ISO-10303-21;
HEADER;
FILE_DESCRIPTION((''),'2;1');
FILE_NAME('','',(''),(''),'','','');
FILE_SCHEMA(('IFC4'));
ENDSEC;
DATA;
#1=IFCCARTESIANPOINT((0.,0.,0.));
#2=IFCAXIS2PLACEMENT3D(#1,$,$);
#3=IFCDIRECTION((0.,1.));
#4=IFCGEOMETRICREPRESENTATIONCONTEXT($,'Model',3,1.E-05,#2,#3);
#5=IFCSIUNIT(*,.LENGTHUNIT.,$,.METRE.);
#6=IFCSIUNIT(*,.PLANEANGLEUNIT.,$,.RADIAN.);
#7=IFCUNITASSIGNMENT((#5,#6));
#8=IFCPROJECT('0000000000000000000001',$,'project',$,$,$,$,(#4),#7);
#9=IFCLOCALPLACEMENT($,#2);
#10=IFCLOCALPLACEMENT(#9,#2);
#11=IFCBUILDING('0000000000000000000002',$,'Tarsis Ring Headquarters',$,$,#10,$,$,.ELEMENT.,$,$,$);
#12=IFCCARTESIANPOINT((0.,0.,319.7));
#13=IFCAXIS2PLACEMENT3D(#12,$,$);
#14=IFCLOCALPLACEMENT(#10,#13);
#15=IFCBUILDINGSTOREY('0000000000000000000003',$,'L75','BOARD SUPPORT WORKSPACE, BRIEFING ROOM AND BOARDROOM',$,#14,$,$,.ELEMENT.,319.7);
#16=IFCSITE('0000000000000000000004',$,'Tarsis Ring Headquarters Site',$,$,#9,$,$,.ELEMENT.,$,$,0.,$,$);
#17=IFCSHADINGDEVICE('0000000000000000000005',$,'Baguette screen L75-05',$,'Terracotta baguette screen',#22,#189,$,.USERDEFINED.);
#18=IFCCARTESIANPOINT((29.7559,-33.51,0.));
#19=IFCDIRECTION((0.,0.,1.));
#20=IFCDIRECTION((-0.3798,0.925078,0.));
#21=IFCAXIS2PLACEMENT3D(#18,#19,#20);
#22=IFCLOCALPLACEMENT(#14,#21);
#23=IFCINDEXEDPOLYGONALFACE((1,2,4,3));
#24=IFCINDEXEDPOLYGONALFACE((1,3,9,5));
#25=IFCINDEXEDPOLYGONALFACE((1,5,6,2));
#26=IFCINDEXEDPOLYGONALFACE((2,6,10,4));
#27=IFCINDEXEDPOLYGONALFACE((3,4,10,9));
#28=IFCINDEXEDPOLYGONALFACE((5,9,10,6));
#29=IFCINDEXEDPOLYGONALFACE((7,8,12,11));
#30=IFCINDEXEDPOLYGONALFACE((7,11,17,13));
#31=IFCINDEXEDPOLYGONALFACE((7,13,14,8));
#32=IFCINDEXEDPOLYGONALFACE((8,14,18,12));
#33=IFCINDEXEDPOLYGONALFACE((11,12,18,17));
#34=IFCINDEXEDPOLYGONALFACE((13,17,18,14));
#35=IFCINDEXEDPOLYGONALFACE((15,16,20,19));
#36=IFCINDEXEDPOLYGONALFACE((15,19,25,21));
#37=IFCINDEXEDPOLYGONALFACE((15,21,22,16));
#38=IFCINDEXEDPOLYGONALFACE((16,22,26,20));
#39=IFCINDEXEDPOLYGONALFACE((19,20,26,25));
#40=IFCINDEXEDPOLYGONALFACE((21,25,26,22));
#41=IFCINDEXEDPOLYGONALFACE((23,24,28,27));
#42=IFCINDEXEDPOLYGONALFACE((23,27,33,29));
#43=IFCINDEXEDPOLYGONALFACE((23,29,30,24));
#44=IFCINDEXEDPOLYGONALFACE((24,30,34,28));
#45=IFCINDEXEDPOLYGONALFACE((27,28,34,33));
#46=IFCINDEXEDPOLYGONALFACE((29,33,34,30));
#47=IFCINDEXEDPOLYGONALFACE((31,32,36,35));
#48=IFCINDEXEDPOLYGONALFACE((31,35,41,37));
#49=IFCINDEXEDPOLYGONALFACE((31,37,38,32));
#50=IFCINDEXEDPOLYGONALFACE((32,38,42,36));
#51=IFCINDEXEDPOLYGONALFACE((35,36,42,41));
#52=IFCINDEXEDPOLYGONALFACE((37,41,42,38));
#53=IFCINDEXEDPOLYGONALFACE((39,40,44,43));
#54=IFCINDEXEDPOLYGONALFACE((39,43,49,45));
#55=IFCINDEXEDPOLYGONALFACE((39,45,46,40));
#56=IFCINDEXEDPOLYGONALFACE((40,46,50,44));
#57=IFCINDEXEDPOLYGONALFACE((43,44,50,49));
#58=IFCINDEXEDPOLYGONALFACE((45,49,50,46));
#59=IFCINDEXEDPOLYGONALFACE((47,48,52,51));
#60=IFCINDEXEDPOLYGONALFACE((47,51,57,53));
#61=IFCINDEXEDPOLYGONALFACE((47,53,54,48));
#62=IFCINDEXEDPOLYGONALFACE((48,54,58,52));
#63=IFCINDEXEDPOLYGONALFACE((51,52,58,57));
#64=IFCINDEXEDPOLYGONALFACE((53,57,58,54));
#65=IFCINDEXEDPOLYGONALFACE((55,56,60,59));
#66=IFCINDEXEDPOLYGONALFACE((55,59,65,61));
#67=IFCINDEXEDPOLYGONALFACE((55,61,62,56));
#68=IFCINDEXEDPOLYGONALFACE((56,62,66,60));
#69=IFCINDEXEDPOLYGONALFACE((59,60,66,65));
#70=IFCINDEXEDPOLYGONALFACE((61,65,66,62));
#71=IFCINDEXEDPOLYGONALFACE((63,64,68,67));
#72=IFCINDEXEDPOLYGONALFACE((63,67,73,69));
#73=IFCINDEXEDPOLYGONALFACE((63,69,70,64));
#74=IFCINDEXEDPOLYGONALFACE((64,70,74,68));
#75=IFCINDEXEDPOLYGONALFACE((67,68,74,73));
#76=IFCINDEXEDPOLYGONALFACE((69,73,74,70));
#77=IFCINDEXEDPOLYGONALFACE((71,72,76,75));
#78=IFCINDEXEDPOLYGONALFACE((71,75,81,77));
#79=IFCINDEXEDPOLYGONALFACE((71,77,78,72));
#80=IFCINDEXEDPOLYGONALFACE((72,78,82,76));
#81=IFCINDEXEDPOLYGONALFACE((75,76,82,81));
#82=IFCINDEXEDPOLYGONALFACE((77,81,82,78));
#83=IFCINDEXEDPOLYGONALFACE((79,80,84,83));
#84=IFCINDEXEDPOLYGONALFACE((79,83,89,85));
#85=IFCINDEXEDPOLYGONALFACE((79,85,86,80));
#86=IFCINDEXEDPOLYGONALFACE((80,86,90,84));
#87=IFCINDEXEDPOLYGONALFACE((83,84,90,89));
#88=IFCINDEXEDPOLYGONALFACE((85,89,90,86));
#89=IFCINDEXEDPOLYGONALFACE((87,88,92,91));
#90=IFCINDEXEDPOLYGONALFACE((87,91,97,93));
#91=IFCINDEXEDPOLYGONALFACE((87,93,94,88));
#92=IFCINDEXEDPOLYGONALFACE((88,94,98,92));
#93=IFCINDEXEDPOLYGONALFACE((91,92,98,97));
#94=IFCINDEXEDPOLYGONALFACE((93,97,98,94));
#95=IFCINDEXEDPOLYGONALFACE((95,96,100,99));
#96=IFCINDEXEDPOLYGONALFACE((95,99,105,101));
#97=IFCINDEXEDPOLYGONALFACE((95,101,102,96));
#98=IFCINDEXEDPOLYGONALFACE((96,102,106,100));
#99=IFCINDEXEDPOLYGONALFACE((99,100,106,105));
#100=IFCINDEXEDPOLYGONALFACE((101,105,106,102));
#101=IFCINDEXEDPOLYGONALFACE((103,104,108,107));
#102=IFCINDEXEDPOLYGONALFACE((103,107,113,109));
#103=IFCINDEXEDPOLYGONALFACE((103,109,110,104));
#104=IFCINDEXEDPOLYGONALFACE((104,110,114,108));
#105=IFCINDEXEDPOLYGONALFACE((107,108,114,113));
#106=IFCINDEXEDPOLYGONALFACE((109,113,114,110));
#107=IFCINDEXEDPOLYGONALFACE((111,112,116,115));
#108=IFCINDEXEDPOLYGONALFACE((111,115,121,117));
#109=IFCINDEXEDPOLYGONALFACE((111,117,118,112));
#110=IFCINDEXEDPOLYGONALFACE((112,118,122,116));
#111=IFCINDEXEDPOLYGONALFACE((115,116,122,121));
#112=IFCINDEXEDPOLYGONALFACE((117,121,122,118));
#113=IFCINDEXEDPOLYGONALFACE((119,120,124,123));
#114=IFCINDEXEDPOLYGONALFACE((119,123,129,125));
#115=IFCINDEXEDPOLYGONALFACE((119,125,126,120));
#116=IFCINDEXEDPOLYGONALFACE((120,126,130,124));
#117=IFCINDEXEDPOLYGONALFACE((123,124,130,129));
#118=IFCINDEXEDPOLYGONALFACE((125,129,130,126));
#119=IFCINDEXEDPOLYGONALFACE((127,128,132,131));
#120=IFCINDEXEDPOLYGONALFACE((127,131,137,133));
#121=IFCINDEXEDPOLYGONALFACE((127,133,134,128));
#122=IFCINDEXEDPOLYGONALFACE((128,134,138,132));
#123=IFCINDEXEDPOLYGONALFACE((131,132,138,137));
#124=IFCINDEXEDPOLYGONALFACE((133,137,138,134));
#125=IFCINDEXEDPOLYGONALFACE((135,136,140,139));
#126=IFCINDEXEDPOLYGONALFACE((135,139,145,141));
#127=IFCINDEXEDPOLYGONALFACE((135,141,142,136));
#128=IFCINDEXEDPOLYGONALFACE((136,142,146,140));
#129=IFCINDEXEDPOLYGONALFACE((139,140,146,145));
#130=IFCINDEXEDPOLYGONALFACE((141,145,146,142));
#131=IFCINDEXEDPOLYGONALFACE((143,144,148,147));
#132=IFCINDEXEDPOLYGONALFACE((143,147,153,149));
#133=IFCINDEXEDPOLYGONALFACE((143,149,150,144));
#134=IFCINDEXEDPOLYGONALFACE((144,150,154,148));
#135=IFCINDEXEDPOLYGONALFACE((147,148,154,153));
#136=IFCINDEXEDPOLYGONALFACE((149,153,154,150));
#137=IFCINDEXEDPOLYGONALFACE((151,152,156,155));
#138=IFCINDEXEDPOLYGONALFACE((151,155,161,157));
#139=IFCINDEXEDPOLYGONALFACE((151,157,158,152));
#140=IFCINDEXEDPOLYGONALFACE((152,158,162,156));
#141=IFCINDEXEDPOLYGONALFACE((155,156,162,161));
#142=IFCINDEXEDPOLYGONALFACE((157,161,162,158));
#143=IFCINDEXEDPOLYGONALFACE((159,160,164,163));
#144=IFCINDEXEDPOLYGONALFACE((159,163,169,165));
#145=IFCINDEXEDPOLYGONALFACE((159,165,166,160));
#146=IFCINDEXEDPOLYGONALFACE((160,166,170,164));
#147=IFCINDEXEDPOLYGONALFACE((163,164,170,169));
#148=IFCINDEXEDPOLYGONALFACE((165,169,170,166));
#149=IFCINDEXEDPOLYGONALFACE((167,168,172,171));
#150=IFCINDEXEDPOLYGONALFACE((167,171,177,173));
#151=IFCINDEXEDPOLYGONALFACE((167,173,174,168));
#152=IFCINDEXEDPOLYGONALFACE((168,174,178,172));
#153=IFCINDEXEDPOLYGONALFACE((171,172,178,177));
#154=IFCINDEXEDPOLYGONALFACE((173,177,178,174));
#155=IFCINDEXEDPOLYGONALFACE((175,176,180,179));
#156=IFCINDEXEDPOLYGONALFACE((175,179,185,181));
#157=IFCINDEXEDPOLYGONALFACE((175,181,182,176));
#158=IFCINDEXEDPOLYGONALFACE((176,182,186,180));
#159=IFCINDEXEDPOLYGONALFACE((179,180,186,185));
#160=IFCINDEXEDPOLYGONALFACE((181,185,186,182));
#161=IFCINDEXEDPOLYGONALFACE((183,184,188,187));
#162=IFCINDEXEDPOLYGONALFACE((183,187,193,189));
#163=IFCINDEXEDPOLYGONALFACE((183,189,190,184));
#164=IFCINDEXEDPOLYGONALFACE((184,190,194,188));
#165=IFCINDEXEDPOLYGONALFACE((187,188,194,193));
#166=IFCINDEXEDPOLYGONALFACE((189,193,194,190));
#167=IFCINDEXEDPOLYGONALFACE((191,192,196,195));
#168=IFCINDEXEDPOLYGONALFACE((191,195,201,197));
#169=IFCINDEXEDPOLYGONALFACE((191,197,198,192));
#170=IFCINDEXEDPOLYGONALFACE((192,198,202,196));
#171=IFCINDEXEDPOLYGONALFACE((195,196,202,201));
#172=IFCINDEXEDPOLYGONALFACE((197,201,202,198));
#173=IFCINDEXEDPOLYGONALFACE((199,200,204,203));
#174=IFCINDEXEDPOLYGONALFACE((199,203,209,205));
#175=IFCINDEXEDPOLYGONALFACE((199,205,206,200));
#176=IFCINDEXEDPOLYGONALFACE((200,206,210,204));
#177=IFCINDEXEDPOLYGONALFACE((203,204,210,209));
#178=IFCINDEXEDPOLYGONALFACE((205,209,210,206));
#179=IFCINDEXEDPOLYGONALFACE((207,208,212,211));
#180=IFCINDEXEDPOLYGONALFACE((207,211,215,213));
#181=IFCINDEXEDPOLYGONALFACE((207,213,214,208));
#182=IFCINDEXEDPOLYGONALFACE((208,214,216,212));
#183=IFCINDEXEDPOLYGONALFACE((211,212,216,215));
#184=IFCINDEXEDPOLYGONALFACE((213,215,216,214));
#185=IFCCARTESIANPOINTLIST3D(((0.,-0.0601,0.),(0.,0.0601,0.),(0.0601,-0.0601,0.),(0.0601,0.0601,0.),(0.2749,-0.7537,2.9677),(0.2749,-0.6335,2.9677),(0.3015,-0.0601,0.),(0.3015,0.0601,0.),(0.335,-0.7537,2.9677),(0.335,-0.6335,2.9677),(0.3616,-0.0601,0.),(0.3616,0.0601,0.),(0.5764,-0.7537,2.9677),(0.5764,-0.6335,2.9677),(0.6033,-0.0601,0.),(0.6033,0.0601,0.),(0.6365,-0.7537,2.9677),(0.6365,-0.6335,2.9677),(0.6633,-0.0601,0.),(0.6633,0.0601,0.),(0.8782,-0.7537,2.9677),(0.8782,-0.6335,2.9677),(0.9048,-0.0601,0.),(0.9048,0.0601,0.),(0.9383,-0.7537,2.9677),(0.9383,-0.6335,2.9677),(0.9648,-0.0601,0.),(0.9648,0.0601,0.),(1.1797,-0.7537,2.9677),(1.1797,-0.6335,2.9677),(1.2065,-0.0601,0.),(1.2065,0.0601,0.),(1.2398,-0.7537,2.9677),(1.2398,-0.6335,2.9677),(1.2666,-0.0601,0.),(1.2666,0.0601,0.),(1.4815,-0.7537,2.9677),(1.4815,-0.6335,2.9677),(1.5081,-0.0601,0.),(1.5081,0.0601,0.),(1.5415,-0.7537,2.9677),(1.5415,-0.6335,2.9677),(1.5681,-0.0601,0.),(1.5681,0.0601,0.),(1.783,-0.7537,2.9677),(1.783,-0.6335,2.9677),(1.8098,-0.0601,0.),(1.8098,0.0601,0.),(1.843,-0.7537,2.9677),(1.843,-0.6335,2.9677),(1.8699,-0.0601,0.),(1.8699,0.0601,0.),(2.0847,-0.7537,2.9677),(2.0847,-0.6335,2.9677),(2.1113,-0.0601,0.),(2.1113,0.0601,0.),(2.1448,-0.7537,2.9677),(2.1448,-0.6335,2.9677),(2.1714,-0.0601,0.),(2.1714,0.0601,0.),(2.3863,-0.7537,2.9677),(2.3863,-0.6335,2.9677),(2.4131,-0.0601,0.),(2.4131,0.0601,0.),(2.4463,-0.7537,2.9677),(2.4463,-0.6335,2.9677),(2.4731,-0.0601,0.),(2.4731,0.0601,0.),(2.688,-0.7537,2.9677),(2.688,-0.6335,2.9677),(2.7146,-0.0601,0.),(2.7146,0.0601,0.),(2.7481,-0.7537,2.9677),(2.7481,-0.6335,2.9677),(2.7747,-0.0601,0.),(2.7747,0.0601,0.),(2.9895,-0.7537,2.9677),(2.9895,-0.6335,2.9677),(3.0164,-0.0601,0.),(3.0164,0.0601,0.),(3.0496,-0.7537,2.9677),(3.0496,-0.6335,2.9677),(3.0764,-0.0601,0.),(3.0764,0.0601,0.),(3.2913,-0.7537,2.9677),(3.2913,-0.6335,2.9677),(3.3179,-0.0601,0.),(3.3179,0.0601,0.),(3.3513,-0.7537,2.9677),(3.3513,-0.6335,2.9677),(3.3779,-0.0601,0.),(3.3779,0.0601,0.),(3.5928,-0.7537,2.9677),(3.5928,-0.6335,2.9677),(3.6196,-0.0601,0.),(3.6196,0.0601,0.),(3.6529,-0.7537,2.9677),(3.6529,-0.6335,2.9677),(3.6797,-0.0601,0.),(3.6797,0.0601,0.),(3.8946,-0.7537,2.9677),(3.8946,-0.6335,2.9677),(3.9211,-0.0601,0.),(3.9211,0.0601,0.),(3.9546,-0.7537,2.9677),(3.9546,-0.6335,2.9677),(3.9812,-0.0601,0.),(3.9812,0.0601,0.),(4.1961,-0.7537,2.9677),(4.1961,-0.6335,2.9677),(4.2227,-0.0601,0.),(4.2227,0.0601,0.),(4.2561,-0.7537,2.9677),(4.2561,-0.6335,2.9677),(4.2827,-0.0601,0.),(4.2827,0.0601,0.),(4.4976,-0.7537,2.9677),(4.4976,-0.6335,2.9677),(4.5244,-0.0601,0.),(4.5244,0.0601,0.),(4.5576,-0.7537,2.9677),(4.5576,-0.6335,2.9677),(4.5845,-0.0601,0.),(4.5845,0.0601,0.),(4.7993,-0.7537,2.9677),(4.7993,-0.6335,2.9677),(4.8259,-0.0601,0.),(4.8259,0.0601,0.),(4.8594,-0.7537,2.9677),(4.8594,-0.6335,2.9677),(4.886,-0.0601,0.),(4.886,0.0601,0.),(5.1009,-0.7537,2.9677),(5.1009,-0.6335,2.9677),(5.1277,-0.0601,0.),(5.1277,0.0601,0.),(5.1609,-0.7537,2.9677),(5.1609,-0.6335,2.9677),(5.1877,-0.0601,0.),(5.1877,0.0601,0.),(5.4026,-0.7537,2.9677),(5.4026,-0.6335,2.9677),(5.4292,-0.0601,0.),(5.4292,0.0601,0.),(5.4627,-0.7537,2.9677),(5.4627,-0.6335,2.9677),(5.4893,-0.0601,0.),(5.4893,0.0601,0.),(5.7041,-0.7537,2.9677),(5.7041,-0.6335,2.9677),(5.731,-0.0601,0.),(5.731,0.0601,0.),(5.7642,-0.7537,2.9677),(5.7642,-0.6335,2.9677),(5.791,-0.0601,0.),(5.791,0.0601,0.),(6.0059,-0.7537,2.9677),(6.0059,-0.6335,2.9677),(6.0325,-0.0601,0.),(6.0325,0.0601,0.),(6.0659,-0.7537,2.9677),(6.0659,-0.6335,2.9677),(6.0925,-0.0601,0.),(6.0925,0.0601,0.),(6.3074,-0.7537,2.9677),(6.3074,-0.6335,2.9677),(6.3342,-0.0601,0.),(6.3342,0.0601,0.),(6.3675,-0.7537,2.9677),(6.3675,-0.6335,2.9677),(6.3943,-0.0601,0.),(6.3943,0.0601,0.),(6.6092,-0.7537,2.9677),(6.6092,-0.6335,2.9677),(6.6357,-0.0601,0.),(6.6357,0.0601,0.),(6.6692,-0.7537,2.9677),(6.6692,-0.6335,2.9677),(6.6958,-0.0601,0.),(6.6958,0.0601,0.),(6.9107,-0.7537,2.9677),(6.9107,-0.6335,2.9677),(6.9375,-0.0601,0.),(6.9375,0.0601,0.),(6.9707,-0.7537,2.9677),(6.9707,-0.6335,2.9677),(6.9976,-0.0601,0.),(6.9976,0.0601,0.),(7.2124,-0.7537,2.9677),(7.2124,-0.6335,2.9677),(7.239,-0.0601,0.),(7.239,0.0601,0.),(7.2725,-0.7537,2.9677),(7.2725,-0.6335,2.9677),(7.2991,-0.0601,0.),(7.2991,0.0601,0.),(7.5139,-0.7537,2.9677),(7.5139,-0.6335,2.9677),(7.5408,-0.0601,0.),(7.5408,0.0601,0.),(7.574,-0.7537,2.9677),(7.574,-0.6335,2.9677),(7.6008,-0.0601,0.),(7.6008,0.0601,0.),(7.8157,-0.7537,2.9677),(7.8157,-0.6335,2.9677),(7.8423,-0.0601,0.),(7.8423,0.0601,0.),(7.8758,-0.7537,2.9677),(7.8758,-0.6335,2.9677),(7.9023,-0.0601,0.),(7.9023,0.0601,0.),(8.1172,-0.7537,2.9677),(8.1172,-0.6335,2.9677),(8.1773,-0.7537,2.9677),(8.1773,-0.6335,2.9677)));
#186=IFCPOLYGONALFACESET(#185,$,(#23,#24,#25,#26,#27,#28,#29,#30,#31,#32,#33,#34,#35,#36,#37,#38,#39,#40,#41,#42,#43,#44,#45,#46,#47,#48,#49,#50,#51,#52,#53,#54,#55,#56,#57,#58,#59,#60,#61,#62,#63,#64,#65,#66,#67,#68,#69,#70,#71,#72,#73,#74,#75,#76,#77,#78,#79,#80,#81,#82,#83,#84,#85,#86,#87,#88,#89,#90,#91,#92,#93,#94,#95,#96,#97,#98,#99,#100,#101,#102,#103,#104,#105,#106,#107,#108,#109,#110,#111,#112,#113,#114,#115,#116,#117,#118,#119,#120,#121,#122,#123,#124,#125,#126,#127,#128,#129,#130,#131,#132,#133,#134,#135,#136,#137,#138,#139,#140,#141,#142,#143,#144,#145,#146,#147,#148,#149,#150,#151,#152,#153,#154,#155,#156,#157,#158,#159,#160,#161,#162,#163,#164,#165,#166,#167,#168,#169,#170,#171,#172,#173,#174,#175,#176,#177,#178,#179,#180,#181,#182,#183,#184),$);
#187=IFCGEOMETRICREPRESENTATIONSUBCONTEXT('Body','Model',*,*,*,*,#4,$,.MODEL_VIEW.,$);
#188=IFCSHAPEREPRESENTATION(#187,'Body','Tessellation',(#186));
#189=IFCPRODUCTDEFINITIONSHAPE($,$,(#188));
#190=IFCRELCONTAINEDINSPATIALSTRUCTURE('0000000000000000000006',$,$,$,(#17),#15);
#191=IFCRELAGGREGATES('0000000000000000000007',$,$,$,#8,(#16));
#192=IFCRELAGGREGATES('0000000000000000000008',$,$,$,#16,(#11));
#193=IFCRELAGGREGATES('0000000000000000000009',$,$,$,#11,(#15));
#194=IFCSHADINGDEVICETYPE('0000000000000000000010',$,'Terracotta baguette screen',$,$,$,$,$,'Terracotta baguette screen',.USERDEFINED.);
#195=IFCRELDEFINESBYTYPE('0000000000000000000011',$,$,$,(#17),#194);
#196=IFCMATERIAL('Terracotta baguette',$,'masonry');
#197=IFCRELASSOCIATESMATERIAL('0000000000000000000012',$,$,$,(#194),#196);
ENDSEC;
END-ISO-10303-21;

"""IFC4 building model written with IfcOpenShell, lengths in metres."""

from ifc_helpers import new_model, si_unit, direction, frame, frame_2d, origin, place, context, subcontext, project, spatial, rectangle, composite_profile, extrude, material, type_object, element, save


model = new_model("IFC4")

# Units and contexts
model_context = context("Model", 3, precision=1e-05, world=origin(), true_north=direction((0.0, 1.0)))
body_context = subcontext(model_context, "Body", "Model", "MODEL_VIEW")
ifc_project = project(units=[si_unit("LENGTHUNIT", "METRE"), si_unit("PLANEANGLEUNIT", "RADIAN")], contexts=[model_context])

# Site, building, storey
site_placement = place(None, origin())
site = spatial("IfcSite", under=ifc_project, at=site_placement, Name="Tarsis Ring Headquarters Site", CompositionType="ELEMENT", RefElevation=0.0)
building_placement = place(site_placement, origin())
building = spatial("IfcBuilding", under=site, at=building_placement, Name="Tarsis Ring Headquarters", CompositionType="ELEMENT")
storey_placement = place(building_placement, frame((0.0, 0.0, 319.7)))
storey = spatial("IfcBuildingStorey", under=building, at=storey_placement, Name="L75", Description="BOARD SUPPORT WORKSPACE, BRIEFING ROOM AND BOARDROOM", CompositionType="ELEMENT", Elevation=319.7)

# Shading device
ifc_material_1 = material(Name="Terracotta baguette", Category="masonry")
shading_device_type_1 = type_object("IfcShadingDeviceType", Name="Terracotta baguette screen", ElementType="Terracotta baguette screen", PredefinedType="USERDEFINED", material=ifc_material_1)
shading_device_1_placement = place(storey_placement, frame((29.7559, -33.51, 0.0), z_axis=(0.0, 0.0, 1.0), x_axis=(-0.3798, 0.925078, 0.0)))
element("IfcShadingDevice", 1, at=shading_device_1_placement, inside=storey, type_object=shading_device_type_1, Name="Baguette screen L75-05", ObjectType="Terracotta baguette screen", PredefinedType="USERDEFINED", context=body_context, shape_type="SweptSolid", body=[
    extrude(composite_profile([rectangle(XDim=0.0601, YDim=0.1201, at=frame_2d((0.03, 0.0))), rectangle(XDim=0.0601, YDim=0.1201, at=frame_2d((0.3315, 0.0))), rectangle(XDim=0.0601, YDim=0.1201, at=frame_2d((0.6333, 0.0))), rectangle(XDim=0.0601, YDim=0.1201, at=frame_2d((0.9348, 0.0))), rectangle(XDim=0.0601, YDim=0.1201, at=frame_2d((1.2366, 0.0))), rectangle(XDim=0.0601, YDim=0.1201, at=frame_2d((1.5381, 0.0))), rectangle(XDim=0.0601, YDim=0.1201, at=frame_2d((1.8398, 0.0))), rectangle(XDim=0.0601, YDim=0.1201, at=frame_2d((2.1414, 0.0))), rectangle(XDim=0.0601, YDim=0.1201, at=frame_2d((2.4431, 0.0))), rectangle(XDim=0.0601, YDim=0.1201, at=frame_2d((2.7446, 0.0))), rectangle(XDim=0.0601, YDim=0.1201, at=frame_2d((3.0464, 0.0))), rectangle(XDim=0.0601, YDim=0.1201, at=frame_2d((3.3479, 0.0))), rectangle(XDim=0.0601, YDim=0.1201, at=frame_2d((3.6497, 0.0))), rectangle(XDim=0.0601, YDim=0.1201, at=frame_2d((3.9512, 0.0))), rectangle(XDim=0.0601, YDim=0.1201, at=frame_2d((4.2527, 0.0))), rectangle(XDim=0.0601, YDim=0.1201, at=frame_2d((4.5544, 0.0))), rectangle(XDim=0.0601, YDim=0.1201, at=frame_2d((4.856, 0.0))), rectangle(XDim=0.0601, YDim=0.1201, at=frame_2d((5.1577, 0.0))), rectangle(XDim=0.0601, YDim=0.1201, at=frame_2d((5.4592, 0.0))), rectangle(XDim=0.0601, YDim=0.1201, at=frame_2d((5.761, 0.0))), rectangle(XDim=0.0601, YDim=0.1201, at=frame_2d((6.0625, 0.0))), rectangle(XDim=0.0601, YDim=0.1201, at=frame_2d((6.3643, 0.0))), rectangle(XDim=0.0601, YDim=0.1201, at=frame_2d((6.6658, 0.0))), rectangle(XDim=0.0601, YDim=0.1201, at=frame_2d((6.9675, 0.0))), rectangle(XDim=0.0601, YDim=0.1201, at=frame_2d((7.269, 0.0))), rectangle(XDim=0.0601, YDim=0.1201, at=frame_2d((7.5708, 0.0))), rectangle(XDim=0.0601, YDim=0.1201, at=frame_2d((7.8723, 0.0)))]), origin(), (0.089843, -0.226665, 0.96982), 3.0601),
])

save(model, "model.ifc")
